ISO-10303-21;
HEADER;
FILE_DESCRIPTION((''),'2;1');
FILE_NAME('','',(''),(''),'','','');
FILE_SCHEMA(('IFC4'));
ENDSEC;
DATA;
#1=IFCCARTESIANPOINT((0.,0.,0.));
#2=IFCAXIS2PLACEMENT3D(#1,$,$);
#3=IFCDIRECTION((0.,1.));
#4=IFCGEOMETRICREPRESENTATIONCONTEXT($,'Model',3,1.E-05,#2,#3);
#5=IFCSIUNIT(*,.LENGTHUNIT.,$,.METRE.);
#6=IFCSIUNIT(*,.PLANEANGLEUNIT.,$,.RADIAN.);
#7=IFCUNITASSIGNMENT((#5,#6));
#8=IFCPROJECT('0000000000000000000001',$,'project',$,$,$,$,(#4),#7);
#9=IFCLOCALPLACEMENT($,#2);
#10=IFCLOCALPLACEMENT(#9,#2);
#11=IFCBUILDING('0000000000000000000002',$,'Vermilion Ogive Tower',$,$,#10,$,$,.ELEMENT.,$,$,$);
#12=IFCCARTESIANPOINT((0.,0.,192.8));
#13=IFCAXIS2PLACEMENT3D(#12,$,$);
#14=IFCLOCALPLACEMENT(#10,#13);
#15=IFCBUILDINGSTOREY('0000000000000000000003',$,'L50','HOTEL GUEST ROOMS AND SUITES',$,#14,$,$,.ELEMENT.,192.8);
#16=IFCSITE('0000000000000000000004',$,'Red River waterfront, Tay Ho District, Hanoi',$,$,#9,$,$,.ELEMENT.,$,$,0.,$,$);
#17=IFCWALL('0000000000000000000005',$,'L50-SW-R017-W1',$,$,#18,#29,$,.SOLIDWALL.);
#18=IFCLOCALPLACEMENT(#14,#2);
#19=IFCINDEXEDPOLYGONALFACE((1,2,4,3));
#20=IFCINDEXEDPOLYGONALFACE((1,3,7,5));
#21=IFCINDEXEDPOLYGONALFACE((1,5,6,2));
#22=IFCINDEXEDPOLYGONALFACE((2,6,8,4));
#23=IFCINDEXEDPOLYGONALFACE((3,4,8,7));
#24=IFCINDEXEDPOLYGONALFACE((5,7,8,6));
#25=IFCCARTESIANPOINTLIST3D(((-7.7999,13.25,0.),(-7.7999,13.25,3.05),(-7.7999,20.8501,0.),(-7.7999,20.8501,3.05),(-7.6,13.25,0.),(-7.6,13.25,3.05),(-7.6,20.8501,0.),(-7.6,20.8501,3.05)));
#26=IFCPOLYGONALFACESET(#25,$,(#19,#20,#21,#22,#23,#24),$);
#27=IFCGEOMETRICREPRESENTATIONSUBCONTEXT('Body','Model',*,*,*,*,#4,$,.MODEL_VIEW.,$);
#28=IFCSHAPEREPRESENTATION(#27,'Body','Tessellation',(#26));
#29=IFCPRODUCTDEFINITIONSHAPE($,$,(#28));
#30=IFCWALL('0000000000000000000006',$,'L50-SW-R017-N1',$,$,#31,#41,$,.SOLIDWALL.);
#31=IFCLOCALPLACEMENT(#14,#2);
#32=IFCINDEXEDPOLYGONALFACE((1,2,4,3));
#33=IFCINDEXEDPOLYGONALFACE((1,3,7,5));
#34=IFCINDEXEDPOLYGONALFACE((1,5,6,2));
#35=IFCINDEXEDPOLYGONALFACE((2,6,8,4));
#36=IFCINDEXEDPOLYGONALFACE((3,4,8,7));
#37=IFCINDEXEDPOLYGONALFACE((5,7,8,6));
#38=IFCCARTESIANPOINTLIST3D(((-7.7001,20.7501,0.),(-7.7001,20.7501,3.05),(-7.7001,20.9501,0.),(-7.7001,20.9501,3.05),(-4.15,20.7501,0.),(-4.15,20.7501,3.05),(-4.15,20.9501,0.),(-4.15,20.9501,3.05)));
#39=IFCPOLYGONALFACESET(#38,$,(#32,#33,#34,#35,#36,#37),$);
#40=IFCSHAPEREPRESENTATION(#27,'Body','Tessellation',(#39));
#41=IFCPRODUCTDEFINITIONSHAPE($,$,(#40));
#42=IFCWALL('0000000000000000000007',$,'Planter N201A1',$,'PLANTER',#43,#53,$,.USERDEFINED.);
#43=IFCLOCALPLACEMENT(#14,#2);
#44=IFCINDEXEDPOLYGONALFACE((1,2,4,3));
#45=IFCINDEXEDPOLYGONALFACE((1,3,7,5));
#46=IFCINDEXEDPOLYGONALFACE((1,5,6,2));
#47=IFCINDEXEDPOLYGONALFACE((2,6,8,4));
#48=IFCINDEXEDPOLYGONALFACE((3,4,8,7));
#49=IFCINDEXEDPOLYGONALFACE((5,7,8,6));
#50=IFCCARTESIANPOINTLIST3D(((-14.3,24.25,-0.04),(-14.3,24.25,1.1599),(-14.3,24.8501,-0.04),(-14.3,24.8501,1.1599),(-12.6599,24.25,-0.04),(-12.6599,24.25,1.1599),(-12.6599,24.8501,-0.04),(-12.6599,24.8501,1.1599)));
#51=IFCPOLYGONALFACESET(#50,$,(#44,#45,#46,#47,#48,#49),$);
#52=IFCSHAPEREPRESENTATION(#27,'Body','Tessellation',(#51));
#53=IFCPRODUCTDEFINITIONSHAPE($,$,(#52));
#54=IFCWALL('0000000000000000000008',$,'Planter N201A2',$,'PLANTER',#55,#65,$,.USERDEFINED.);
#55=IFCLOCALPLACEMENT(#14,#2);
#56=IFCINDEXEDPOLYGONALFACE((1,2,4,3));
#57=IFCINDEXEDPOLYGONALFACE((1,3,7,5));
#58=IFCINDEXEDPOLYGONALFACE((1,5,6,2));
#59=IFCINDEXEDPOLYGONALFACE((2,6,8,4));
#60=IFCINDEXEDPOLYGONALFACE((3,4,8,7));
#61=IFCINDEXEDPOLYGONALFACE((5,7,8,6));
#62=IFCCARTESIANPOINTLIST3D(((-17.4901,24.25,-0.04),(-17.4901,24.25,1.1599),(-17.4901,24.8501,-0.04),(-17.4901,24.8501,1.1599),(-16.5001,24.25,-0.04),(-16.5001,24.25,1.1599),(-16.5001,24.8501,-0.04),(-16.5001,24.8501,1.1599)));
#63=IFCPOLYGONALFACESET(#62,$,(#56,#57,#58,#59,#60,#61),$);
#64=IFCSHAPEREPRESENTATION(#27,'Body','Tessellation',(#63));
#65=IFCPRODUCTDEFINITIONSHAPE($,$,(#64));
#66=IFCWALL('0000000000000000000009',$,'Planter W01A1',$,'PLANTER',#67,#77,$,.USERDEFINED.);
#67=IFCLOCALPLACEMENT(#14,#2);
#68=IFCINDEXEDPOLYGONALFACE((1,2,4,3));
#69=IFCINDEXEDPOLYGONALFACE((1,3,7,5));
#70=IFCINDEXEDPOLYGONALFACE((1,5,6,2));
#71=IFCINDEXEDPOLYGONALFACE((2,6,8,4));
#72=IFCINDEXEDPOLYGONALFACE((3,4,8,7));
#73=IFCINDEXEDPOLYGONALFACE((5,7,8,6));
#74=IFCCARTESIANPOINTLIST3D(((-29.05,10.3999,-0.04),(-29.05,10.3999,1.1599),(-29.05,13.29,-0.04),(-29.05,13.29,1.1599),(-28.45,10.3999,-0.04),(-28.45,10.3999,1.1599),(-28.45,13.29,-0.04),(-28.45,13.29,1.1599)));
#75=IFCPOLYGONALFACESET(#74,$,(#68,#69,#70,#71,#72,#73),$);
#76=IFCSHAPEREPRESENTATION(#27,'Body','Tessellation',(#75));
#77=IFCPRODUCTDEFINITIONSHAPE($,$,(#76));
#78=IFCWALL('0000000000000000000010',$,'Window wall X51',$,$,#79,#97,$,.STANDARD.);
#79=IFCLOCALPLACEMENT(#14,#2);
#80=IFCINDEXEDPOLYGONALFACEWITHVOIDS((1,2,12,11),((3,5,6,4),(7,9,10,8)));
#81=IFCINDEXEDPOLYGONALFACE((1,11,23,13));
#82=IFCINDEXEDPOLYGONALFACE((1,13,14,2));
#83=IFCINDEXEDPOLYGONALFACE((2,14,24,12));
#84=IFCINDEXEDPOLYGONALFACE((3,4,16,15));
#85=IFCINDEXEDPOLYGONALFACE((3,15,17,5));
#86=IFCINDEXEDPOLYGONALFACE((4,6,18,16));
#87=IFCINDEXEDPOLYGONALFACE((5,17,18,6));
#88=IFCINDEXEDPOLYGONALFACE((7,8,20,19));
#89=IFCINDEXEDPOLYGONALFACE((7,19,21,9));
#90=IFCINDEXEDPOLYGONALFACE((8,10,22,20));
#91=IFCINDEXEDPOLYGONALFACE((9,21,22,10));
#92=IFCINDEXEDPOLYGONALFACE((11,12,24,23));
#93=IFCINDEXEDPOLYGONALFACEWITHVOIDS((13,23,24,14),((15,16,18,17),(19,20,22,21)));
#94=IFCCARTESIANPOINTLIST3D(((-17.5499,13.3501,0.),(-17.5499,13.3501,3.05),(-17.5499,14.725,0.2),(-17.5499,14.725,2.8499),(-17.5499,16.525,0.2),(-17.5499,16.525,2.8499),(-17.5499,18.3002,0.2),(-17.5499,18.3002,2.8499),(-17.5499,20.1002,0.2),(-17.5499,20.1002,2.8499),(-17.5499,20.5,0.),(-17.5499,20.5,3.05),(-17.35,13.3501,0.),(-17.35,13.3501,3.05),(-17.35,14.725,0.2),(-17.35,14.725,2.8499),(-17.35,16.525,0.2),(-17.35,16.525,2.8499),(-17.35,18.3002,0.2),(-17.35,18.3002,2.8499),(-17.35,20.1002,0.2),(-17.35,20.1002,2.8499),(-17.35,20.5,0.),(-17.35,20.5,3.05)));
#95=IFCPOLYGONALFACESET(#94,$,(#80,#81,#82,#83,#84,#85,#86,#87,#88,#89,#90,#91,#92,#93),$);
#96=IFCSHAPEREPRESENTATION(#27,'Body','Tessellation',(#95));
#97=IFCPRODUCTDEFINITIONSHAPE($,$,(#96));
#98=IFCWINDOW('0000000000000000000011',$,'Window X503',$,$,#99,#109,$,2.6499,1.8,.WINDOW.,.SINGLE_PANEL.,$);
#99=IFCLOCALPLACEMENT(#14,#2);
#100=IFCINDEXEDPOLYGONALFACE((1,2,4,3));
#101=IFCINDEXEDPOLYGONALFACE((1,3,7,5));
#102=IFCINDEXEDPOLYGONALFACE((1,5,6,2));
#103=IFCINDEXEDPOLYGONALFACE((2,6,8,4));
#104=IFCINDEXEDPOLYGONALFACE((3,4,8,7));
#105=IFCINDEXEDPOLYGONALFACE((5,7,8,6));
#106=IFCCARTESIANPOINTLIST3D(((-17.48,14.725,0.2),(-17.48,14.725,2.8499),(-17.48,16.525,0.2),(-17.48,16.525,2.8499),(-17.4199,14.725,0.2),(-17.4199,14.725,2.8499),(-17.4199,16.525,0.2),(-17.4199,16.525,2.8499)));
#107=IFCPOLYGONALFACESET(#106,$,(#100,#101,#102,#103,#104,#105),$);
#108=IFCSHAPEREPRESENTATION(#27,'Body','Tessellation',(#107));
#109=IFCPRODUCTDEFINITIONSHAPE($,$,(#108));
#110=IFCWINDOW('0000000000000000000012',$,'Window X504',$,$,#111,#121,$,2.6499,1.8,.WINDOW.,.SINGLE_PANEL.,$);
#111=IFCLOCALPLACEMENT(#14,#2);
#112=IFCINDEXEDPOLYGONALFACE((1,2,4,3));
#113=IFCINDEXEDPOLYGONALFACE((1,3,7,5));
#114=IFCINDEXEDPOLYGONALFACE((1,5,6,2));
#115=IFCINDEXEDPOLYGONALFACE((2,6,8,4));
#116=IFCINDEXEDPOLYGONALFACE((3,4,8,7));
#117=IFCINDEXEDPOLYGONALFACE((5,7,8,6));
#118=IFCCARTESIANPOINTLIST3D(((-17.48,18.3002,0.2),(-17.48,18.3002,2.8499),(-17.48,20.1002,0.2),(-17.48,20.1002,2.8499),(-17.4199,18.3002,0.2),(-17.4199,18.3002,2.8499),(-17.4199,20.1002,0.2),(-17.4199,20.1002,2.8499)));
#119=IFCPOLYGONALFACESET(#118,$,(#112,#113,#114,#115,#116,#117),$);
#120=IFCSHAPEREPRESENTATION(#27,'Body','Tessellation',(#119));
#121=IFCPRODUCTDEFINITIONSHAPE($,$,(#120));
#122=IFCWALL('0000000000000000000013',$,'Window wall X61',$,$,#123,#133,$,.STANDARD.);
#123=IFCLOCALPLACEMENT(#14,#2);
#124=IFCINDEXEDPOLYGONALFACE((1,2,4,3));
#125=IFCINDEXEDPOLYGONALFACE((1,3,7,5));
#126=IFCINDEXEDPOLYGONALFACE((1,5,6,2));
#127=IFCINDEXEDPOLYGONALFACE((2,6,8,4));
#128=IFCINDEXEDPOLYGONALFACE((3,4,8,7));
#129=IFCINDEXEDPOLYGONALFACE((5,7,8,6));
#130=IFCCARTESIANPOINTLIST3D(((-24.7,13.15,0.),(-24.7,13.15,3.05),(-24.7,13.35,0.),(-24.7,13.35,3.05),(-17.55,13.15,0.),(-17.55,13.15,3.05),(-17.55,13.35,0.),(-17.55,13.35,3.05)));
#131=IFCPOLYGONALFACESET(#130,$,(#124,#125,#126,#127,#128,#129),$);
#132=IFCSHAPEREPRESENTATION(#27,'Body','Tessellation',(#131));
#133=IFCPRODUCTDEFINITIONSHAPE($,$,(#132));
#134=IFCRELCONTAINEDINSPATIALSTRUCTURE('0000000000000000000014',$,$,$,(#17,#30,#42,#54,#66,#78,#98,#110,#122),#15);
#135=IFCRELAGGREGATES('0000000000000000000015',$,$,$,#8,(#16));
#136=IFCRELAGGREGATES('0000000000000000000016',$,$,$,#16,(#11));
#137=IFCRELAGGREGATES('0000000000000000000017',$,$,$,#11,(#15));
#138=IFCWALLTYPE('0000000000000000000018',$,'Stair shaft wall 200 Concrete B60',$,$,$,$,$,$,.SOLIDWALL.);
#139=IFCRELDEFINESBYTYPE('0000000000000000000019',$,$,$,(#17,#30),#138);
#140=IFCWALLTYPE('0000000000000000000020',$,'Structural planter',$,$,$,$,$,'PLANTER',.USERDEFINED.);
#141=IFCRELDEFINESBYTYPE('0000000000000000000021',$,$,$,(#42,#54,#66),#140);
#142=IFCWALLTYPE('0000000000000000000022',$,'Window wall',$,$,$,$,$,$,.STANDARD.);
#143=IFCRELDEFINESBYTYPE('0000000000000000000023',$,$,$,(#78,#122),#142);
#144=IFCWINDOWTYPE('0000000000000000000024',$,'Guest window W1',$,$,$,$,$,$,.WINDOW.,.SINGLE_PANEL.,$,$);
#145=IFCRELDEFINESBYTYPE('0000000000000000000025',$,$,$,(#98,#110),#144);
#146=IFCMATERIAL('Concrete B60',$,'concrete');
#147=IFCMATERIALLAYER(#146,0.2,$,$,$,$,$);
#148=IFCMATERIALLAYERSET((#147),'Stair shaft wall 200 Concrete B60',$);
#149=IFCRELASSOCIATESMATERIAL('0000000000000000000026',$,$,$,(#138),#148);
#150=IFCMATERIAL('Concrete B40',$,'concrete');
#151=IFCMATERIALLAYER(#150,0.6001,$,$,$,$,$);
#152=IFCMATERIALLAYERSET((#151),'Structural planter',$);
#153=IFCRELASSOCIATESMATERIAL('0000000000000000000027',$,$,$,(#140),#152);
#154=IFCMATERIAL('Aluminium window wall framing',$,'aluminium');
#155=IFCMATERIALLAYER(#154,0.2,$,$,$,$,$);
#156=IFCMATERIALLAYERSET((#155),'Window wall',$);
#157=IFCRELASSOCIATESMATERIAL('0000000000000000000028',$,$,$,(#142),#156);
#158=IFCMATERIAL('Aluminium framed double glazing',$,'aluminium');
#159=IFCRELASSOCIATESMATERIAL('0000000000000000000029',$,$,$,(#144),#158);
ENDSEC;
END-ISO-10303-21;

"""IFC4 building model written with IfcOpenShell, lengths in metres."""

from ifc_helpers import new_model, si_unit, direction, frame, frame_2d, origin, place, context, subcontext, project, spatial, rectangle, extrude, material, layer, layer_set, type_object, element, fill, save


model = new_model("IFC4")

# Units and contexts
model_context = context("Model", 3, precision=1e-05, world=origin(), true_north=direction((0.0, 1.0)))
body_context = subcontext(model_context, "Body", "Model", "MODEL_VIEW")
ifc_project = project(units=[si_unit("LENGTHUNIT", "METRE"), si_unit("PLANEANGLEUNIT", "RADIAN")], contexts=[model_context])

# Site, building, storey
site_placement = place(None, origin())
site = spatial("IfcSite", under=ifc_project, at=site_placement, Name="Red River waterfront, Tay Ho District, Hanoi", CompositionType="ELEMENT", RefElevation=0.0)
building_placement = place(site_placement, origin())
building = spatial("IfcBuilding", under=site, at=building_placement, Name="Vermilion Ogive Tower", CompositionType="ELEMENT")
storey_placement = place(building_placement, frame((0.0, 0.0, 192.8)))
storey = spatial("IfcBuildingStorey", under=building, at=storey_placement, Name="L50", Description="HOTEL GUEST ROOMS AND SUITES", CompositionType="ELEMENT", Elevation=192.8)

# Shared definitions
ifc_material_1 = material(Name="Concrete B60", Category="concrete")
ifc_layer_1 = layer(ifc_material_1, 0.2)
ifc_layer_set_1 = layer_set([ifc_layer_1], Name="Stair shaft wall 200 Concrete B60")
wall_type_1 = type_object("IfcWallType", Name="Stair shaft wall 200 Concrete B60", PredefinedType="SOLIDWALL", material=ifc_layer_set_1)

# Walls
wall_1_placement = place(storey_placement, frame((-7.7, 13.25, 0.0), z_axis=(0.0, 0.0, 1.0), x_axis=(0.0, 1.0, 0.0)))
element("IfcWall", 1, at=wall_1_placement, inside=storey, type_object=wall_type_1, Name="L50-SW-R017-W1", PredefinedType="SOLIDWALL", context=body_context, shape_type="SweptSolid", body=[
    extrude(rectangle(XDim=7.6001, YDim=0.2, at=frame_2d((3.8, 0.0))), origin(), (0.0, 0.0, 1.0), 3.05),
])
wall_2_placement = place(storey_placement, frame((-7.7, 20.8501, 0.0), z_axis=(0.0, 0.0, 1.0), x_axis=(1.0, 0.0, 0.0)))
element("IfcWall", 2, at=wall_2_placement, inside=storey, type_object=wall_type_1, Name="L50-SW-R017-N1", PredefinedType="SOLIDWALL", context=body_context, shape_type="SweptSolid", body=[
    extrude(rectangle(XDim=3.55, YDim=0.2, at=frame_2d((1.7749, 0.0))), origin(), (0.0, 0.0, 1.0), 3.05),
])
ifc_material_2 = material(Name="Concrete B40", Category="concrete")
ifc_layer_2 = layer(ifc_material_2, 0.6001)
ifc_layer_set_2 = layer_set([ifc_layer_2], Name="Structural planter")
wall_type_2 = type_object("IfcWallType", Name="Structural planter", ElementType="PLANTER", PredefinedType="USERDEFINED", material=ifc_layer_set_2)
wall_3_placement = place(storey_placement, frame((-12.6599, 24.55, -0.04), z_axis=(0.0, 0.0, 1.0), x_axis=(-1.0, 0.0, 0.0)))
element("IfcWall", 3, at=wall_3_placement, inside=storey, type_object=wall_type_2, Name="Planter N201A1", ObjectType="PLANTER", PredefinedType="USERDEFINED", context=body_context, shape_type="SweptSolid", body=[
    extrude(rectangle(XDim=1.6401, YDim=0.6001, at=frame_2d((0.8201, 0.0))), origin(), (0.0, 0.0, 1.0), 1.2),
])
wall_4_placement = place(storey_placement, frame((-16.5, 24.55, -0.04), z_axis=(0.0, 0.0, 1.0), x_axis=(-1.0, 0.0, 0.0)))
element("IfcWall", 4, at=wall_4_placement, inside=storey, type_object=wall_type_2, Name="Planter N201A2", ObjectType="PLANTER", PredefinedType="USERDEFINED", context=body_context, shape_type="SweptSolid", body=[
    extrude(rectangle(XDim=0.99, YDim=0.6001, at=frame_2d((0.4951, 0.0))), origin(), (0.0, 0.0, 1.0), 1.2),
])
wall_5_placement = place(storey_placement, frame((-28.75, 13.29, -0.04), z_axis=(0.0, 0.0, 1.0), x_axis=(0.0, -1.0, 0.0)))
element("IfcWall", 5, at=wall_5_placement, inside=storey, type_object=wall_type_2, Name="Planter W01A1", ObjectType="PLANTER", PredefinedType="USERDEFINED", context=body_context, shape_type="SweptSolid", body=[
    extrude(rectangle(XDim=2.8901, YDim=0.6001, at=frame_2d((1.4451, 0.0))), origin(), (0.0, 0.0, 1.0), 1.2),
])

# Shared definitions
ifc_material_3 = material(Name="Aluminium window wall framing", Category="aluminium")
ifc_layer_3 = layer(ifc_material_3, 0.2)
ifc_layer_set_3 = layer_set([ifc_layer_3], Name="Window wall")
wall_type_3 = type_object("IfcWallType", Name="Window wall", PredefinedType="STANDARD", material=ifc_layer_set_3)
ifc_material_4 = material(Name="Aluminium framed double glazing", Category="aluminium")
window_type = type_object("IfcWindowType", Name="Guest window W1", PartitioningType="SINGLE_PANEL", PredefinedType="WINDOW", material=ifc_material_4)

# Wall, openings, windows
wall_6_placement = place(storey_placement, frame((-17.45, 20.5, 0.0), z_axis=(0.0, 0.0, 1.0), x_axis=(0.0, -1.0, 0.0)))
wall_6 = element("IfcWall", 6, at=wall_6_placement, inside=storey, type_object=wall_type_3, Name="Window wall X51", PredefinedType="STANDARD", context=body_context, shape_type="SweptSolid", body=[
    extrude(rectangle(XDim=7.1499, YDim=0.2, at=frame_2d((3.575, 0.0))), origin(), (0.0, 0.0, 1.0), 3.05),
])
opening_1_placement = place(wall_6_placement, frame((3.9751, 0.0, 0.2)))
opening_1 = element("IfcOpeningElement", 7, at=opening_1_placement, cuts=wall_6, PredefinedType="OPENING", context=body_context, shape_type="SweptSolid", body=[
    extrude(rectangle(XDim=1.8, YDim=2.6499, at=frame_2d((0.8999, 1.325))), frame((0.0, 0.1099, 0.0), z_axis=(0.0, -1.0, 0.0), x_axis=(1.0, 0.0, 0.0)), (0.0, 0.0, 1.0), 0.22),
])
opening_2_placement = place(wall_6_placement, frame((0.3999, 0.0, 0.2)))
opening_2 = element("IfcOpeningElement", 8, at=opening_2_placement, cuts=wall_6, PredefinedType="OPENING", context=body_context, shape_type="SweptSolid", body=[
    extrude(rectangle(XDim=1.8, YDim=2.6499, at=frame_2d((0.8999, 1.325))), frame((0.0, 0.1099, 0.0), z_axis=(0.0, -1.0, 0.0), x_axis=(1.0, 0.0, 0.0)), (0.0, 0.0, 1.0), 0.22),
])
window_1_placement = place(opening_1_placement, origin())
window_1 = element("IfcWindow", 9, at=window_1_placement, inside=storey, type_object=window_type, Name="Window X503", OverallHeight=2.6499, OverallWidth=1.8, PartitioningType="SINGLE_PANEL", PredefinedType="WINDOW", context=body_context, shape_type="SweptSolid", body=[
    extrude(rectangle(XDim=1.8, YDim=2.6499, at=frame_2d((0.8999, 1.325))), frame((0.0, 0.03, 0.0), z_axis=(0.0, -1.0, 0.0), x_axis=(1.0, 0.0, 0.0)), (0.0, 0.0, 1.0), 0.0601),
])
fill(opening_1, window_1)
window_2_placement = place(opening_2_placement, origin())
window_2 = element("IfcWindow", 10, at=window_2_placement, inside=storey, type_object=window_type, Name="Window X504", OverallHeight=2.6499, OverallWidth=1.8, PartitioningType="SINGLE_PANEL", PredefinedType="WINDOW", context=body_context, shape_type="SweptSolid", body=[
    extrude(rectangle(XDim=1.8, YDim=2.6499, at=frame_2d((0.8999, 1.325))), frame((0.0, 0.03, 0.0), z_axis=(0.0, -1.0, 0.0), x_axis=(1.0, 0.0, 0.0)), (0.0, 0.0, 1.0), 0.0601),
])
fill(opening_2, window_2)

# Wall
wall_7_placement = place(storey_placement, frame((-17.55, 13.25, 0.0), z_axis=(0.0, 0.0, 1.0), x_axis=(-1.0, 0.0, 0.0)))
element("IfcWall", 11, at=wall_7_placement, inside=storey, type_object=wall_type_3, Name="Window wall X61", PredefinedType="STANDARD", context=body_context, shape_type="SweptSolid", body=[
    extrude(rectangle(XDim=7.1499, YDim=0.2, at=frame_2d((3.575, 0.0))), origin(), (0.0, 0.0, 1.0), 3.05),
])

save(model, "model.ifc")
